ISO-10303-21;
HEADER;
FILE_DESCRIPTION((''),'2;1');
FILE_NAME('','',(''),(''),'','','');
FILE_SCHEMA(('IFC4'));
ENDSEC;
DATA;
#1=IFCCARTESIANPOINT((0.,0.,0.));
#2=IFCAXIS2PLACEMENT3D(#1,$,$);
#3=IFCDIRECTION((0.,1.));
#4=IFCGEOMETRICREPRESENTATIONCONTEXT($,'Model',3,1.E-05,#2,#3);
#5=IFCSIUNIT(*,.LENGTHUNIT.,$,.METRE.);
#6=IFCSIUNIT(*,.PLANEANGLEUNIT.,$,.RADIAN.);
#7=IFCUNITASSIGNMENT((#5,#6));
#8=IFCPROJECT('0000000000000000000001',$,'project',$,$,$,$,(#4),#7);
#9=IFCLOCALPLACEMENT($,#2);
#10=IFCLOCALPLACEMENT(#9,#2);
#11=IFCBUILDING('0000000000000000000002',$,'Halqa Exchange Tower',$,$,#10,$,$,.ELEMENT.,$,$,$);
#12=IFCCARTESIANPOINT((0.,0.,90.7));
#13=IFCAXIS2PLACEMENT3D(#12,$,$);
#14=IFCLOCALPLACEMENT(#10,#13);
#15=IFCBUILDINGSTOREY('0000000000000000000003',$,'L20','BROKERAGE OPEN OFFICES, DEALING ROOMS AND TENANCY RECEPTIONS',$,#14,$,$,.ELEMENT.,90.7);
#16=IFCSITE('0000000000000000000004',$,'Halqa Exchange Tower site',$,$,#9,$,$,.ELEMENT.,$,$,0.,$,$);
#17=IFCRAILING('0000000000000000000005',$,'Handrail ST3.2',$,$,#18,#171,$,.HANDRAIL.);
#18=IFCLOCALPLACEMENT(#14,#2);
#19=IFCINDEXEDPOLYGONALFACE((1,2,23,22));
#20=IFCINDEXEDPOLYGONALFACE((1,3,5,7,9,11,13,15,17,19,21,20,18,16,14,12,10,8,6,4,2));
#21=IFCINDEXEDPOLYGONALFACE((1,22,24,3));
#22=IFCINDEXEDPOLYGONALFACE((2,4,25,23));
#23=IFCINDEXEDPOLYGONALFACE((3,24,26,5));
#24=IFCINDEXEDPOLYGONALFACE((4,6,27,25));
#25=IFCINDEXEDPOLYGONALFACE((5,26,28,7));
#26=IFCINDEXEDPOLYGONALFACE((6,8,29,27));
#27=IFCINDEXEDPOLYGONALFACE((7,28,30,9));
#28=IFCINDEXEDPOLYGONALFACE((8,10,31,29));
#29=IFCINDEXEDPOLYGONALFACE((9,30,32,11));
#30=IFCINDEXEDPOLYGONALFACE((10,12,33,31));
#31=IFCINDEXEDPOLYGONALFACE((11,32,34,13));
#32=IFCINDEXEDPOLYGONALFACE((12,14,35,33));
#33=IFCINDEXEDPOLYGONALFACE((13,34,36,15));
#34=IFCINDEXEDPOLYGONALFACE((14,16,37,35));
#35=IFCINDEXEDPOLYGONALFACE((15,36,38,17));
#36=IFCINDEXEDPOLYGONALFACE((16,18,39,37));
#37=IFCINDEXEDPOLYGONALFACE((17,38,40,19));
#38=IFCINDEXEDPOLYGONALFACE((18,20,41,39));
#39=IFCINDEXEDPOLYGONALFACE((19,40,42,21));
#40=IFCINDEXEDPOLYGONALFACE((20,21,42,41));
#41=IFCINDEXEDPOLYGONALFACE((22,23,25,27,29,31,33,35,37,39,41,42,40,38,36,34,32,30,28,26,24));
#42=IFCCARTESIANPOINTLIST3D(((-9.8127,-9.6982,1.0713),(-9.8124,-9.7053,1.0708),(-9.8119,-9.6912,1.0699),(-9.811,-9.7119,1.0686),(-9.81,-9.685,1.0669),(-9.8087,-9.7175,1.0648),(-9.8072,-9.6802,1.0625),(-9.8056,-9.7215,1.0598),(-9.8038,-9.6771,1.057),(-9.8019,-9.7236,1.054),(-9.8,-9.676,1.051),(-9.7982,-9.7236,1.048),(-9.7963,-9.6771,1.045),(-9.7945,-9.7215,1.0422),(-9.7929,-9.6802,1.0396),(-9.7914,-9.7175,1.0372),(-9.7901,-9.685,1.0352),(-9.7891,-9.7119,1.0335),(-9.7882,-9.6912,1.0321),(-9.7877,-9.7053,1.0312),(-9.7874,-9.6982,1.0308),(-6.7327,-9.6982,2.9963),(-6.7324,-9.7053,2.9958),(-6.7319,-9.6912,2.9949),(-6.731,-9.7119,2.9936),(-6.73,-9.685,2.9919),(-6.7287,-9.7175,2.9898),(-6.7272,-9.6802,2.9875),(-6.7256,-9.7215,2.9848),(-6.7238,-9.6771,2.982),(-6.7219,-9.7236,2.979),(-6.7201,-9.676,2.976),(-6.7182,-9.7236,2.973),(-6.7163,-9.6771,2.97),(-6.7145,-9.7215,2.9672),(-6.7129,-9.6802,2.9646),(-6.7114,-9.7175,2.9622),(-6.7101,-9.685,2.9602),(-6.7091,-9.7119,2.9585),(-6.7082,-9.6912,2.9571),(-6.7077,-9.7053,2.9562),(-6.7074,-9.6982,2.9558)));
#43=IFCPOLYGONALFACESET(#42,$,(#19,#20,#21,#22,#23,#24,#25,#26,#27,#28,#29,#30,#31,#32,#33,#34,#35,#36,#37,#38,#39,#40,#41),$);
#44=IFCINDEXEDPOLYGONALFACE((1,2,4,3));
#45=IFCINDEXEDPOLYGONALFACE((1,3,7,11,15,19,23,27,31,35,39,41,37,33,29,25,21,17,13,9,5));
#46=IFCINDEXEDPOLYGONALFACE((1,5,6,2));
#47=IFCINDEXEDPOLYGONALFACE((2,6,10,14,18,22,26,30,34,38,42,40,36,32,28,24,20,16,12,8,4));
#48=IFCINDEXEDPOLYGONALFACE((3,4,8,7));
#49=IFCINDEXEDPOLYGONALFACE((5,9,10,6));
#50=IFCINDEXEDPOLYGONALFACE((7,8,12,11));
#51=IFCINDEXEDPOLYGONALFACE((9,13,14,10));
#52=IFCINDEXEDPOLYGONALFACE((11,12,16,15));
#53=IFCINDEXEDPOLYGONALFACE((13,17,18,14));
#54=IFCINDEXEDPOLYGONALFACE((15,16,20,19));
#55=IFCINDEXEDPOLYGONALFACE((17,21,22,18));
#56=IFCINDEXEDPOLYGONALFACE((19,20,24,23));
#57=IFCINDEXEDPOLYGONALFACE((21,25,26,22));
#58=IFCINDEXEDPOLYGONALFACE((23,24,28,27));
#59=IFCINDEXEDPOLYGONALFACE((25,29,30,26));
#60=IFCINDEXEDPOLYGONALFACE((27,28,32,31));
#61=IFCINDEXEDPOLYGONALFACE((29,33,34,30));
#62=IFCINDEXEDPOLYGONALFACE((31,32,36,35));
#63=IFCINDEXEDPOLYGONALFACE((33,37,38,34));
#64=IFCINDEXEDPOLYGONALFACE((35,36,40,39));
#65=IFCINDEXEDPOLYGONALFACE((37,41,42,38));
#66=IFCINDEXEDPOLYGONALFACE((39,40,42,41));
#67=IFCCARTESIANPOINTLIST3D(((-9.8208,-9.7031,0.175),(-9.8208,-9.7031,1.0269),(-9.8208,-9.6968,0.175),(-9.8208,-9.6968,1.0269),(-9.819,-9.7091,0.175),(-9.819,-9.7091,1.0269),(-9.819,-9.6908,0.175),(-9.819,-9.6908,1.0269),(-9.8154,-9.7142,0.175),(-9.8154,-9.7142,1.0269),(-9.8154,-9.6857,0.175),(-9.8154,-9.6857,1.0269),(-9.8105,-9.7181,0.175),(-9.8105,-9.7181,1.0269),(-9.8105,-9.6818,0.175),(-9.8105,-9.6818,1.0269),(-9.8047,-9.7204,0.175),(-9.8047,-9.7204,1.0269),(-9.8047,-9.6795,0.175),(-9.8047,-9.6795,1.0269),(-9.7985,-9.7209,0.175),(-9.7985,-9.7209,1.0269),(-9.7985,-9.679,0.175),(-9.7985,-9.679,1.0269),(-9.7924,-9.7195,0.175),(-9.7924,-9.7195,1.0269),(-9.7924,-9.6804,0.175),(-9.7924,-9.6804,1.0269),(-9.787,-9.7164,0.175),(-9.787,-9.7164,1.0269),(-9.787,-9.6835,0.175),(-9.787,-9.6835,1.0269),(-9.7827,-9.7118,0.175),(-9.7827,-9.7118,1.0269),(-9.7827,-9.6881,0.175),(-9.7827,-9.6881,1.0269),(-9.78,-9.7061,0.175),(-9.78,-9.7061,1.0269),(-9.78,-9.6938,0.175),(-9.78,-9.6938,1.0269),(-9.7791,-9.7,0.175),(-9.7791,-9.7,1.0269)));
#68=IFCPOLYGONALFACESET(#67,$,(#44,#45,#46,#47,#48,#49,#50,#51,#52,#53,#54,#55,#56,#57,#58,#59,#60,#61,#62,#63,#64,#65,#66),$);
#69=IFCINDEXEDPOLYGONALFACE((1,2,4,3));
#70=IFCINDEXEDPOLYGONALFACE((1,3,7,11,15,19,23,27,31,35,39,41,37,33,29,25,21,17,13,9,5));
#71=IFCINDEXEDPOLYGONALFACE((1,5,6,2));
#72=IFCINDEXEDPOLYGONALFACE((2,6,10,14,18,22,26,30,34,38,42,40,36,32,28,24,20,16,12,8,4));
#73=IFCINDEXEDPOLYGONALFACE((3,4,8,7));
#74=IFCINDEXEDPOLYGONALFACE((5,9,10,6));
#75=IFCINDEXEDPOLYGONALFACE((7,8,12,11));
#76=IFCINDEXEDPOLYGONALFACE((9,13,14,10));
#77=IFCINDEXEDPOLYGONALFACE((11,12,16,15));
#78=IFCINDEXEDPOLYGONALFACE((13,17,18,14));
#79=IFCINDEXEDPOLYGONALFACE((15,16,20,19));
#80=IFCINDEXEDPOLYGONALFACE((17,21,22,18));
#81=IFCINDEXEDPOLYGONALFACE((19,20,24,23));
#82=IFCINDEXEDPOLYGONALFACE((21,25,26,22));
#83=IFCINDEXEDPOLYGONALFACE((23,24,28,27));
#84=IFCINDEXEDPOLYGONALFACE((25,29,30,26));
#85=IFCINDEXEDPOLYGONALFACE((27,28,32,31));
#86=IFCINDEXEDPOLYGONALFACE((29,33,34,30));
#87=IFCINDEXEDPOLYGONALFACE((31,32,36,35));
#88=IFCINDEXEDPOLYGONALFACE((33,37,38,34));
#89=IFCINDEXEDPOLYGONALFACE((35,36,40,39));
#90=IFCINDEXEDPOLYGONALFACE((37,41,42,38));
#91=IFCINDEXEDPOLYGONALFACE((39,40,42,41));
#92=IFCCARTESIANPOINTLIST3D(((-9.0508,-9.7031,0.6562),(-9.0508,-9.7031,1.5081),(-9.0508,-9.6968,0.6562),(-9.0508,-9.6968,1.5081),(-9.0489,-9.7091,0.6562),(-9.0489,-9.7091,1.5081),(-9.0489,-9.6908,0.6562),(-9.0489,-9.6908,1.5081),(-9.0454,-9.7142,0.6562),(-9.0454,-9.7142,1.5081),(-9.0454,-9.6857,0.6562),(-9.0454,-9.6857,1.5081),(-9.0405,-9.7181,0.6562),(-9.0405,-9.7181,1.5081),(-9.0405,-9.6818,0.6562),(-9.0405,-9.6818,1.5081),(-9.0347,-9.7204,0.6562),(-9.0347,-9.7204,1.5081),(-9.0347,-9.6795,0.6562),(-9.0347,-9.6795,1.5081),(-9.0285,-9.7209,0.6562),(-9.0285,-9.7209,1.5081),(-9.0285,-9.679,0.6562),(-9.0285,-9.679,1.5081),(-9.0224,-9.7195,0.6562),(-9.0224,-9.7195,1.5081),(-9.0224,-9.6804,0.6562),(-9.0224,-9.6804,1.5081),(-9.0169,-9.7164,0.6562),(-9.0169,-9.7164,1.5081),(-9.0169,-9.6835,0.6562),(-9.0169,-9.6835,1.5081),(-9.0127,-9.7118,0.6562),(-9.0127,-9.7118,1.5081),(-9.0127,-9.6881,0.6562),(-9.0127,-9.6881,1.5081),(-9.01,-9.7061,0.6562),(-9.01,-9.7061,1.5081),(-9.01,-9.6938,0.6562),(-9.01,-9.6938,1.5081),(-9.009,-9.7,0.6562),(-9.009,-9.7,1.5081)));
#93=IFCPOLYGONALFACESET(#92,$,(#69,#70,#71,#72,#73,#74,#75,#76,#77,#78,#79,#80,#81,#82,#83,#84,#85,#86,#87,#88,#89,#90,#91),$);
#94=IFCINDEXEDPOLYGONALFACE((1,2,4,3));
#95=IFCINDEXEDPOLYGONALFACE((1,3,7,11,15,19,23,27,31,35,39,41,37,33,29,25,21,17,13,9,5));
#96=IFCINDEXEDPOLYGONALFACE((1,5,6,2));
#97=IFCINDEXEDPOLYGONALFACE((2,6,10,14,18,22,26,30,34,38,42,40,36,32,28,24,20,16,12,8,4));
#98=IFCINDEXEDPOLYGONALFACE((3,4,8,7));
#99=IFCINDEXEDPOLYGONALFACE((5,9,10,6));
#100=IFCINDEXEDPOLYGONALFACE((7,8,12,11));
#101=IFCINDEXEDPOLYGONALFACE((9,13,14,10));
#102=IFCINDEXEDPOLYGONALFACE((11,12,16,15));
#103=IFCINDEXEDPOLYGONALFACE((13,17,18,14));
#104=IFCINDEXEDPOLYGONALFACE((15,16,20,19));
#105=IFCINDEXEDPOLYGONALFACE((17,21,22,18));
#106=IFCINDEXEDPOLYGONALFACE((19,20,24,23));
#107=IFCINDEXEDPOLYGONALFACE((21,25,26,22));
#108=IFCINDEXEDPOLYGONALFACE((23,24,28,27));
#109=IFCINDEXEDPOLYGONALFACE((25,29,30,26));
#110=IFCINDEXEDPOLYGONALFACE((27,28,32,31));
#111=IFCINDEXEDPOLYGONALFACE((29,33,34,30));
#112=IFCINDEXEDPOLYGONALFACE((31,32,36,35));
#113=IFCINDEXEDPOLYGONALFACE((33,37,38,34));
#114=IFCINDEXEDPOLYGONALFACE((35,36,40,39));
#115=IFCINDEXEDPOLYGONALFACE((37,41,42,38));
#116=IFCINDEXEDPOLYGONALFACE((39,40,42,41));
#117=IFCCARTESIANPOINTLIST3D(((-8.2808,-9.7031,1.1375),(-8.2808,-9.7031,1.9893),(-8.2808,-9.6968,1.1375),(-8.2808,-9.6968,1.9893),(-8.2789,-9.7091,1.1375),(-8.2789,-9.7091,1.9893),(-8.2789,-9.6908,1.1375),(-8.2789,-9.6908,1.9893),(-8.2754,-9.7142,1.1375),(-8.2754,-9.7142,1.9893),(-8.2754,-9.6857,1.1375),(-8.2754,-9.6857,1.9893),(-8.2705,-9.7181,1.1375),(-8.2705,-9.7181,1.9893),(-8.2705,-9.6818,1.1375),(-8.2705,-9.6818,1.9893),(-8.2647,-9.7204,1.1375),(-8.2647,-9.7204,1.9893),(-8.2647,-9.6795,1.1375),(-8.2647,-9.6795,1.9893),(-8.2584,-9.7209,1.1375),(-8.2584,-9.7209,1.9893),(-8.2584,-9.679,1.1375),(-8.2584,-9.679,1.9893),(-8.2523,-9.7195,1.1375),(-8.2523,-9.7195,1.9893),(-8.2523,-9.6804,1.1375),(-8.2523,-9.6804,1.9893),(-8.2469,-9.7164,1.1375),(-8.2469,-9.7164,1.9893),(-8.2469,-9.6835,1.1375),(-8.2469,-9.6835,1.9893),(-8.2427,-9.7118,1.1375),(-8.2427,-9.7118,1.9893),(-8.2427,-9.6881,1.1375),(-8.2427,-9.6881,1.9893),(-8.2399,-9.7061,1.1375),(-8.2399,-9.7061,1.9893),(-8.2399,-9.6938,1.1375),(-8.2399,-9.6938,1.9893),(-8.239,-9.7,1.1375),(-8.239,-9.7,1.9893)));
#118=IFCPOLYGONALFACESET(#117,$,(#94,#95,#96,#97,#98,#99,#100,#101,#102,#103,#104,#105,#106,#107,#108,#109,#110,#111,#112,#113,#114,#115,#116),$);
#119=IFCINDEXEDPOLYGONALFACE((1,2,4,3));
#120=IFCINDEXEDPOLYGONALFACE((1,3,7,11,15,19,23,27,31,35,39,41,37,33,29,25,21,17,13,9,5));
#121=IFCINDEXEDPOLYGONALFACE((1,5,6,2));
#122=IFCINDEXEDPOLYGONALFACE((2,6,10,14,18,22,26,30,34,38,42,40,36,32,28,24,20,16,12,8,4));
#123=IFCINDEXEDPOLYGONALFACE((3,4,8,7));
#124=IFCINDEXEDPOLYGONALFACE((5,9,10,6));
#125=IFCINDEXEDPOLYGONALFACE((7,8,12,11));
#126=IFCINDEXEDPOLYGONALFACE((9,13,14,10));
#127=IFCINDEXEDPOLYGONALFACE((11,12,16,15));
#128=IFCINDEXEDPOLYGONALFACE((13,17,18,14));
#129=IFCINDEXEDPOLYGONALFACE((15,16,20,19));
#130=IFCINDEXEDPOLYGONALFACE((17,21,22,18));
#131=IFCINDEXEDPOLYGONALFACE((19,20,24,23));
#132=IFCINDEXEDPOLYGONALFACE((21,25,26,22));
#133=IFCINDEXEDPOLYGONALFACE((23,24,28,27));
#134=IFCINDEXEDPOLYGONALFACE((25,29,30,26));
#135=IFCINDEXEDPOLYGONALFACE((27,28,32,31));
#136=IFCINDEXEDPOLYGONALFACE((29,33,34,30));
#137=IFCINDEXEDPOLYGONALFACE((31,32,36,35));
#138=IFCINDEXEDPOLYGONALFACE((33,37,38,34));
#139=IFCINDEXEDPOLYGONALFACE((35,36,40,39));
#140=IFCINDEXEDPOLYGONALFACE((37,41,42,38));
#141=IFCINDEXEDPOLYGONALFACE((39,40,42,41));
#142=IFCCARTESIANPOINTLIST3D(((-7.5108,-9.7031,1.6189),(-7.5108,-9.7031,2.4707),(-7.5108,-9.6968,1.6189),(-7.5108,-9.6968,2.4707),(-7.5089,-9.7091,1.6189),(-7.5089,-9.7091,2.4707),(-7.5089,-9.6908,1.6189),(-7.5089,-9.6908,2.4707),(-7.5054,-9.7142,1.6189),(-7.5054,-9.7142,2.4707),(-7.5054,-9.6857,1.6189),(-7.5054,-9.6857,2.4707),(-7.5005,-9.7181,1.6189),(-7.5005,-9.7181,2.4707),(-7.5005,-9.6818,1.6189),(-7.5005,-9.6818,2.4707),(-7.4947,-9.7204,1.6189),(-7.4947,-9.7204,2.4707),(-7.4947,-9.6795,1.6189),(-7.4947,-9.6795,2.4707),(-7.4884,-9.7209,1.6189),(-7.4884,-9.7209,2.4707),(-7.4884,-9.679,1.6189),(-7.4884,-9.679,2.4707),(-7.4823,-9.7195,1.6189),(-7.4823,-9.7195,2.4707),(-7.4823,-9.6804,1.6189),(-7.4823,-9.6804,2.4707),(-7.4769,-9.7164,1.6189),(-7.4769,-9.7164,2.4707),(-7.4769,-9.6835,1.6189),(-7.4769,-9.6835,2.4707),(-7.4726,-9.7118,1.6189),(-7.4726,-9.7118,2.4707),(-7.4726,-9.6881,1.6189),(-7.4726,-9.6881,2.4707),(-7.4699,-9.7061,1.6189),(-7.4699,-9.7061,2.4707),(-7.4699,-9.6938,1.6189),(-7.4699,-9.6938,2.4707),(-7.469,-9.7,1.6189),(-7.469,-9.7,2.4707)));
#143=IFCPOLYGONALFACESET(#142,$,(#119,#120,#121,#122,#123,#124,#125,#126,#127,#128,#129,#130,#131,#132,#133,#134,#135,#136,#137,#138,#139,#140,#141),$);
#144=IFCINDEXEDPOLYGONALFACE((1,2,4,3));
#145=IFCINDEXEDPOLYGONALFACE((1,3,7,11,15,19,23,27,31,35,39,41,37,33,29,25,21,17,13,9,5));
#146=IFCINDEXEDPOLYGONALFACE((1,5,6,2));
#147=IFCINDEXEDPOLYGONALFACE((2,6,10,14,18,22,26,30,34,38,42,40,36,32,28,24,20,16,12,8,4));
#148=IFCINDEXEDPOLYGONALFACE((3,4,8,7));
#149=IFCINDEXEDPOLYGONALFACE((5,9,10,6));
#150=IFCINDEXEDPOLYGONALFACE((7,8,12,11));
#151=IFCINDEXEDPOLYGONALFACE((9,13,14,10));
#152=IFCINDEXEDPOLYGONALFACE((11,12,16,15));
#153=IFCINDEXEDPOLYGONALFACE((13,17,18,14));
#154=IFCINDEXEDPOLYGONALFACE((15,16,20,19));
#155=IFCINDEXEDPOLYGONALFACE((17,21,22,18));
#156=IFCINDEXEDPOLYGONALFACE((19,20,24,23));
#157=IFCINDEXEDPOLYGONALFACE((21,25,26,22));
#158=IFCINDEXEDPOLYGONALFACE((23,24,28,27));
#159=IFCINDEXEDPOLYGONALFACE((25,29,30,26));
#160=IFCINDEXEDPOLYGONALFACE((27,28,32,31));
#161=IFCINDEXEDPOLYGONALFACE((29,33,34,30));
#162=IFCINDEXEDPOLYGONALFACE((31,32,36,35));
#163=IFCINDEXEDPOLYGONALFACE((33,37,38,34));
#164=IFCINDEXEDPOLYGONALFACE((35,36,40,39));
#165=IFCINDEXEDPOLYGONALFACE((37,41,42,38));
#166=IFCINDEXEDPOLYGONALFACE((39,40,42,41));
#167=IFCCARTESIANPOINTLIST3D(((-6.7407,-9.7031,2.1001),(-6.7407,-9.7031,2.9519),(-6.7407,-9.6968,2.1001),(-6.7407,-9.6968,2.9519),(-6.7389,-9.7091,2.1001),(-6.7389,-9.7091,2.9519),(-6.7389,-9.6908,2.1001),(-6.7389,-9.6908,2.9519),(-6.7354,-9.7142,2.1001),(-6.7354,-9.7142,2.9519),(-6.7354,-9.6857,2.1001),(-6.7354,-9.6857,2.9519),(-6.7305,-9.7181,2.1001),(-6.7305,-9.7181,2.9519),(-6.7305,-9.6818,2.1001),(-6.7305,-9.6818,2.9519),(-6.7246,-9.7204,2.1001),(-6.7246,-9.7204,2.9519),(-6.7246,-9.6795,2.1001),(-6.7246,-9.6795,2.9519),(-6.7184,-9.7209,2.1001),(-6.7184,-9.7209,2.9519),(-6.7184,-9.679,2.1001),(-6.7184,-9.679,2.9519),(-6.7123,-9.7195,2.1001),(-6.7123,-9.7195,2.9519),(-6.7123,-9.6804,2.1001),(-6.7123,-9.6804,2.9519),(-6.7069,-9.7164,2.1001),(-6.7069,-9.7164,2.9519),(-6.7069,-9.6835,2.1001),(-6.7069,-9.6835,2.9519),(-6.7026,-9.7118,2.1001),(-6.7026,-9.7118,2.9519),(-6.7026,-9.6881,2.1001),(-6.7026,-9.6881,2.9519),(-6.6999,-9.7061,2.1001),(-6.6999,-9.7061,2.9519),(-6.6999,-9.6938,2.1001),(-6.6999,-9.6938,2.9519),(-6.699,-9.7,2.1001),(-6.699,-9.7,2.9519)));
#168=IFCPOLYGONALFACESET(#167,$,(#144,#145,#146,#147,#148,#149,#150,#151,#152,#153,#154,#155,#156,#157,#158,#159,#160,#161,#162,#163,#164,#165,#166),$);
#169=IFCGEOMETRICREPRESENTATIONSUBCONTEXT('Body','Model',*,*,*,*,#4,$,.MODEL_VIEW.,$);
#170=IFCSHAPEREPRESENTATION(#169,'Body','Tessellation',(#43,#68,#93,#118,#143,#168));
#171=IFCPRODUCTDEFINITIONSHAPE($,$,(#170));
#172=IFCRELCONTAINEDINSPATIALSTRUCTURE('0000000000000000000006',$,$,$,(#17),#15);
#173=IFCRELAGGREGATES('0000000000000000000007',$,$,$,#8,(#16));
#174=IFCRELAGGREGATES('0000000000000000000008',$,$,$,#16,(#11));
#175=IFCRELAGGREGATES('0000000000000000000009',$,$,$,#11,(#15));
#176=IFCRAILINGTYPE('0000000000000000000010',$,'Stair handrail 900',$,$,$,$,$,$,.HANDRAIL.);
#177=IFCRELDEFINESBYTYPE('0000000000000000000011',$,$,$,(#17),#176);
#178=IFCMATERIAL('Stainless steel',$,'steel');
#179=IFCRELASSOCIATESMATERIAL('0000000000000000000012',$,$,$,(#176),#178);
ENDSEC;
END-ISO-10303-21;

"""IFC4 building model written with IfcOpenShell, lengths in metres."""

from ifc_helpers import new_model, si_unit, direction, frame, origin, origin_2d, place, context, subcontext, project, spatial, circle, extrude, material, type_object, element, save


model = new_model("IFC4")

# Units and contexts
model_context = context("Model", 3, precision=1e-05, world=origin(), true_north=direction((0.0, 1.0)))
body_context = subcontext(model_context, "Body", "Model", "MODEL_VIEW")
ifc_project = project(units=[si_unit("LENGTHUNIT", "METRE"), si_unit("PLANEANGLEUNIT", "RADIAN")], contexts=[model_context])

# Site, building, storey
site_placement = place(None, origin())
site = spatial("IfcSite", under=ifc_project, at=site_placement, Name="Halqa Exchange Tower site", CompositionType="ELEMENT", RefElevation=0.0)
building_placement = place(site_placement, origin())
building = spatial("IfcBuilding", under=site, at=building_placement, Name="Halqa Exchange Tower", CompositionType="ELEMENT")
storey_placement = place(building_placement, frame((0.0, 0.0, 90.7)))
storey = spatial("IfcBuildingStorey", under=building, at=storey_placement, Name="L20", Description="BROKERAGE OPEN OFFICES, DEALING ROOMS AND TENANCY RECEPTIONS", CompositionType="ELEMENT", Elevation=90.7)

# Shared definitions
ifc_material_1 = material(Name="Stainless steel", Category="steel")

# Railing
railing_type_1 = type_object("IfcRailingType", Name="Stair handrail 900", PredefinedType="HANDRAIL", material=ifc_material_1)
railing_1_placement = place(storey_placement, frame((-9.8, -9.7, 0.175)))
element("IfcRailing", 1, at=railing_1_placement, inside=storey, type_object=railing_type_1, Name="Handrail ST3.2", PredefinedType="HANDRAIL", context=body_context, shape_type="SweptSolid", body=[
    extrude(circle(Radius=0.0239, at=origin_2d()), frame((0.0, 0.0, 0.876), z_axis=(0.847998, 0.0, 0.529999), x_axis=(0.0, 1.0, 0.0)), (0.0, 0.0, 1.0), 3.6321),
    extrude(circle(Radius=0.021, at=origin_2d()), origin(), (0.0, 0.0, 1.0), 0.8518),
    extrude(circle(Radius=0.021, at=origin_2d()), frame((0.77, 0.0, 0.4812)), (0.0, 0.0, 1.0), 0.8518),
    extrude(circle(Radius=0.021, at=origin_2d()), frame((1.54, 0.0, 0.9624)), (0.0, 0.0, 1.0), 0.8518),
    extrude(circle(Radius=0.021, at=origin_2d()), frame((2.3101, 0.0, 1.4438)), (0.0, 0.0, 1.0), 0.8518),
    extrude(circle(Radius=0.021, at=origin_2d()), frame((3.0801, 0.0, 1.925)), (0.0, 0.0, 1.0), 0.8518),
])

save(model, "model.ifc")
